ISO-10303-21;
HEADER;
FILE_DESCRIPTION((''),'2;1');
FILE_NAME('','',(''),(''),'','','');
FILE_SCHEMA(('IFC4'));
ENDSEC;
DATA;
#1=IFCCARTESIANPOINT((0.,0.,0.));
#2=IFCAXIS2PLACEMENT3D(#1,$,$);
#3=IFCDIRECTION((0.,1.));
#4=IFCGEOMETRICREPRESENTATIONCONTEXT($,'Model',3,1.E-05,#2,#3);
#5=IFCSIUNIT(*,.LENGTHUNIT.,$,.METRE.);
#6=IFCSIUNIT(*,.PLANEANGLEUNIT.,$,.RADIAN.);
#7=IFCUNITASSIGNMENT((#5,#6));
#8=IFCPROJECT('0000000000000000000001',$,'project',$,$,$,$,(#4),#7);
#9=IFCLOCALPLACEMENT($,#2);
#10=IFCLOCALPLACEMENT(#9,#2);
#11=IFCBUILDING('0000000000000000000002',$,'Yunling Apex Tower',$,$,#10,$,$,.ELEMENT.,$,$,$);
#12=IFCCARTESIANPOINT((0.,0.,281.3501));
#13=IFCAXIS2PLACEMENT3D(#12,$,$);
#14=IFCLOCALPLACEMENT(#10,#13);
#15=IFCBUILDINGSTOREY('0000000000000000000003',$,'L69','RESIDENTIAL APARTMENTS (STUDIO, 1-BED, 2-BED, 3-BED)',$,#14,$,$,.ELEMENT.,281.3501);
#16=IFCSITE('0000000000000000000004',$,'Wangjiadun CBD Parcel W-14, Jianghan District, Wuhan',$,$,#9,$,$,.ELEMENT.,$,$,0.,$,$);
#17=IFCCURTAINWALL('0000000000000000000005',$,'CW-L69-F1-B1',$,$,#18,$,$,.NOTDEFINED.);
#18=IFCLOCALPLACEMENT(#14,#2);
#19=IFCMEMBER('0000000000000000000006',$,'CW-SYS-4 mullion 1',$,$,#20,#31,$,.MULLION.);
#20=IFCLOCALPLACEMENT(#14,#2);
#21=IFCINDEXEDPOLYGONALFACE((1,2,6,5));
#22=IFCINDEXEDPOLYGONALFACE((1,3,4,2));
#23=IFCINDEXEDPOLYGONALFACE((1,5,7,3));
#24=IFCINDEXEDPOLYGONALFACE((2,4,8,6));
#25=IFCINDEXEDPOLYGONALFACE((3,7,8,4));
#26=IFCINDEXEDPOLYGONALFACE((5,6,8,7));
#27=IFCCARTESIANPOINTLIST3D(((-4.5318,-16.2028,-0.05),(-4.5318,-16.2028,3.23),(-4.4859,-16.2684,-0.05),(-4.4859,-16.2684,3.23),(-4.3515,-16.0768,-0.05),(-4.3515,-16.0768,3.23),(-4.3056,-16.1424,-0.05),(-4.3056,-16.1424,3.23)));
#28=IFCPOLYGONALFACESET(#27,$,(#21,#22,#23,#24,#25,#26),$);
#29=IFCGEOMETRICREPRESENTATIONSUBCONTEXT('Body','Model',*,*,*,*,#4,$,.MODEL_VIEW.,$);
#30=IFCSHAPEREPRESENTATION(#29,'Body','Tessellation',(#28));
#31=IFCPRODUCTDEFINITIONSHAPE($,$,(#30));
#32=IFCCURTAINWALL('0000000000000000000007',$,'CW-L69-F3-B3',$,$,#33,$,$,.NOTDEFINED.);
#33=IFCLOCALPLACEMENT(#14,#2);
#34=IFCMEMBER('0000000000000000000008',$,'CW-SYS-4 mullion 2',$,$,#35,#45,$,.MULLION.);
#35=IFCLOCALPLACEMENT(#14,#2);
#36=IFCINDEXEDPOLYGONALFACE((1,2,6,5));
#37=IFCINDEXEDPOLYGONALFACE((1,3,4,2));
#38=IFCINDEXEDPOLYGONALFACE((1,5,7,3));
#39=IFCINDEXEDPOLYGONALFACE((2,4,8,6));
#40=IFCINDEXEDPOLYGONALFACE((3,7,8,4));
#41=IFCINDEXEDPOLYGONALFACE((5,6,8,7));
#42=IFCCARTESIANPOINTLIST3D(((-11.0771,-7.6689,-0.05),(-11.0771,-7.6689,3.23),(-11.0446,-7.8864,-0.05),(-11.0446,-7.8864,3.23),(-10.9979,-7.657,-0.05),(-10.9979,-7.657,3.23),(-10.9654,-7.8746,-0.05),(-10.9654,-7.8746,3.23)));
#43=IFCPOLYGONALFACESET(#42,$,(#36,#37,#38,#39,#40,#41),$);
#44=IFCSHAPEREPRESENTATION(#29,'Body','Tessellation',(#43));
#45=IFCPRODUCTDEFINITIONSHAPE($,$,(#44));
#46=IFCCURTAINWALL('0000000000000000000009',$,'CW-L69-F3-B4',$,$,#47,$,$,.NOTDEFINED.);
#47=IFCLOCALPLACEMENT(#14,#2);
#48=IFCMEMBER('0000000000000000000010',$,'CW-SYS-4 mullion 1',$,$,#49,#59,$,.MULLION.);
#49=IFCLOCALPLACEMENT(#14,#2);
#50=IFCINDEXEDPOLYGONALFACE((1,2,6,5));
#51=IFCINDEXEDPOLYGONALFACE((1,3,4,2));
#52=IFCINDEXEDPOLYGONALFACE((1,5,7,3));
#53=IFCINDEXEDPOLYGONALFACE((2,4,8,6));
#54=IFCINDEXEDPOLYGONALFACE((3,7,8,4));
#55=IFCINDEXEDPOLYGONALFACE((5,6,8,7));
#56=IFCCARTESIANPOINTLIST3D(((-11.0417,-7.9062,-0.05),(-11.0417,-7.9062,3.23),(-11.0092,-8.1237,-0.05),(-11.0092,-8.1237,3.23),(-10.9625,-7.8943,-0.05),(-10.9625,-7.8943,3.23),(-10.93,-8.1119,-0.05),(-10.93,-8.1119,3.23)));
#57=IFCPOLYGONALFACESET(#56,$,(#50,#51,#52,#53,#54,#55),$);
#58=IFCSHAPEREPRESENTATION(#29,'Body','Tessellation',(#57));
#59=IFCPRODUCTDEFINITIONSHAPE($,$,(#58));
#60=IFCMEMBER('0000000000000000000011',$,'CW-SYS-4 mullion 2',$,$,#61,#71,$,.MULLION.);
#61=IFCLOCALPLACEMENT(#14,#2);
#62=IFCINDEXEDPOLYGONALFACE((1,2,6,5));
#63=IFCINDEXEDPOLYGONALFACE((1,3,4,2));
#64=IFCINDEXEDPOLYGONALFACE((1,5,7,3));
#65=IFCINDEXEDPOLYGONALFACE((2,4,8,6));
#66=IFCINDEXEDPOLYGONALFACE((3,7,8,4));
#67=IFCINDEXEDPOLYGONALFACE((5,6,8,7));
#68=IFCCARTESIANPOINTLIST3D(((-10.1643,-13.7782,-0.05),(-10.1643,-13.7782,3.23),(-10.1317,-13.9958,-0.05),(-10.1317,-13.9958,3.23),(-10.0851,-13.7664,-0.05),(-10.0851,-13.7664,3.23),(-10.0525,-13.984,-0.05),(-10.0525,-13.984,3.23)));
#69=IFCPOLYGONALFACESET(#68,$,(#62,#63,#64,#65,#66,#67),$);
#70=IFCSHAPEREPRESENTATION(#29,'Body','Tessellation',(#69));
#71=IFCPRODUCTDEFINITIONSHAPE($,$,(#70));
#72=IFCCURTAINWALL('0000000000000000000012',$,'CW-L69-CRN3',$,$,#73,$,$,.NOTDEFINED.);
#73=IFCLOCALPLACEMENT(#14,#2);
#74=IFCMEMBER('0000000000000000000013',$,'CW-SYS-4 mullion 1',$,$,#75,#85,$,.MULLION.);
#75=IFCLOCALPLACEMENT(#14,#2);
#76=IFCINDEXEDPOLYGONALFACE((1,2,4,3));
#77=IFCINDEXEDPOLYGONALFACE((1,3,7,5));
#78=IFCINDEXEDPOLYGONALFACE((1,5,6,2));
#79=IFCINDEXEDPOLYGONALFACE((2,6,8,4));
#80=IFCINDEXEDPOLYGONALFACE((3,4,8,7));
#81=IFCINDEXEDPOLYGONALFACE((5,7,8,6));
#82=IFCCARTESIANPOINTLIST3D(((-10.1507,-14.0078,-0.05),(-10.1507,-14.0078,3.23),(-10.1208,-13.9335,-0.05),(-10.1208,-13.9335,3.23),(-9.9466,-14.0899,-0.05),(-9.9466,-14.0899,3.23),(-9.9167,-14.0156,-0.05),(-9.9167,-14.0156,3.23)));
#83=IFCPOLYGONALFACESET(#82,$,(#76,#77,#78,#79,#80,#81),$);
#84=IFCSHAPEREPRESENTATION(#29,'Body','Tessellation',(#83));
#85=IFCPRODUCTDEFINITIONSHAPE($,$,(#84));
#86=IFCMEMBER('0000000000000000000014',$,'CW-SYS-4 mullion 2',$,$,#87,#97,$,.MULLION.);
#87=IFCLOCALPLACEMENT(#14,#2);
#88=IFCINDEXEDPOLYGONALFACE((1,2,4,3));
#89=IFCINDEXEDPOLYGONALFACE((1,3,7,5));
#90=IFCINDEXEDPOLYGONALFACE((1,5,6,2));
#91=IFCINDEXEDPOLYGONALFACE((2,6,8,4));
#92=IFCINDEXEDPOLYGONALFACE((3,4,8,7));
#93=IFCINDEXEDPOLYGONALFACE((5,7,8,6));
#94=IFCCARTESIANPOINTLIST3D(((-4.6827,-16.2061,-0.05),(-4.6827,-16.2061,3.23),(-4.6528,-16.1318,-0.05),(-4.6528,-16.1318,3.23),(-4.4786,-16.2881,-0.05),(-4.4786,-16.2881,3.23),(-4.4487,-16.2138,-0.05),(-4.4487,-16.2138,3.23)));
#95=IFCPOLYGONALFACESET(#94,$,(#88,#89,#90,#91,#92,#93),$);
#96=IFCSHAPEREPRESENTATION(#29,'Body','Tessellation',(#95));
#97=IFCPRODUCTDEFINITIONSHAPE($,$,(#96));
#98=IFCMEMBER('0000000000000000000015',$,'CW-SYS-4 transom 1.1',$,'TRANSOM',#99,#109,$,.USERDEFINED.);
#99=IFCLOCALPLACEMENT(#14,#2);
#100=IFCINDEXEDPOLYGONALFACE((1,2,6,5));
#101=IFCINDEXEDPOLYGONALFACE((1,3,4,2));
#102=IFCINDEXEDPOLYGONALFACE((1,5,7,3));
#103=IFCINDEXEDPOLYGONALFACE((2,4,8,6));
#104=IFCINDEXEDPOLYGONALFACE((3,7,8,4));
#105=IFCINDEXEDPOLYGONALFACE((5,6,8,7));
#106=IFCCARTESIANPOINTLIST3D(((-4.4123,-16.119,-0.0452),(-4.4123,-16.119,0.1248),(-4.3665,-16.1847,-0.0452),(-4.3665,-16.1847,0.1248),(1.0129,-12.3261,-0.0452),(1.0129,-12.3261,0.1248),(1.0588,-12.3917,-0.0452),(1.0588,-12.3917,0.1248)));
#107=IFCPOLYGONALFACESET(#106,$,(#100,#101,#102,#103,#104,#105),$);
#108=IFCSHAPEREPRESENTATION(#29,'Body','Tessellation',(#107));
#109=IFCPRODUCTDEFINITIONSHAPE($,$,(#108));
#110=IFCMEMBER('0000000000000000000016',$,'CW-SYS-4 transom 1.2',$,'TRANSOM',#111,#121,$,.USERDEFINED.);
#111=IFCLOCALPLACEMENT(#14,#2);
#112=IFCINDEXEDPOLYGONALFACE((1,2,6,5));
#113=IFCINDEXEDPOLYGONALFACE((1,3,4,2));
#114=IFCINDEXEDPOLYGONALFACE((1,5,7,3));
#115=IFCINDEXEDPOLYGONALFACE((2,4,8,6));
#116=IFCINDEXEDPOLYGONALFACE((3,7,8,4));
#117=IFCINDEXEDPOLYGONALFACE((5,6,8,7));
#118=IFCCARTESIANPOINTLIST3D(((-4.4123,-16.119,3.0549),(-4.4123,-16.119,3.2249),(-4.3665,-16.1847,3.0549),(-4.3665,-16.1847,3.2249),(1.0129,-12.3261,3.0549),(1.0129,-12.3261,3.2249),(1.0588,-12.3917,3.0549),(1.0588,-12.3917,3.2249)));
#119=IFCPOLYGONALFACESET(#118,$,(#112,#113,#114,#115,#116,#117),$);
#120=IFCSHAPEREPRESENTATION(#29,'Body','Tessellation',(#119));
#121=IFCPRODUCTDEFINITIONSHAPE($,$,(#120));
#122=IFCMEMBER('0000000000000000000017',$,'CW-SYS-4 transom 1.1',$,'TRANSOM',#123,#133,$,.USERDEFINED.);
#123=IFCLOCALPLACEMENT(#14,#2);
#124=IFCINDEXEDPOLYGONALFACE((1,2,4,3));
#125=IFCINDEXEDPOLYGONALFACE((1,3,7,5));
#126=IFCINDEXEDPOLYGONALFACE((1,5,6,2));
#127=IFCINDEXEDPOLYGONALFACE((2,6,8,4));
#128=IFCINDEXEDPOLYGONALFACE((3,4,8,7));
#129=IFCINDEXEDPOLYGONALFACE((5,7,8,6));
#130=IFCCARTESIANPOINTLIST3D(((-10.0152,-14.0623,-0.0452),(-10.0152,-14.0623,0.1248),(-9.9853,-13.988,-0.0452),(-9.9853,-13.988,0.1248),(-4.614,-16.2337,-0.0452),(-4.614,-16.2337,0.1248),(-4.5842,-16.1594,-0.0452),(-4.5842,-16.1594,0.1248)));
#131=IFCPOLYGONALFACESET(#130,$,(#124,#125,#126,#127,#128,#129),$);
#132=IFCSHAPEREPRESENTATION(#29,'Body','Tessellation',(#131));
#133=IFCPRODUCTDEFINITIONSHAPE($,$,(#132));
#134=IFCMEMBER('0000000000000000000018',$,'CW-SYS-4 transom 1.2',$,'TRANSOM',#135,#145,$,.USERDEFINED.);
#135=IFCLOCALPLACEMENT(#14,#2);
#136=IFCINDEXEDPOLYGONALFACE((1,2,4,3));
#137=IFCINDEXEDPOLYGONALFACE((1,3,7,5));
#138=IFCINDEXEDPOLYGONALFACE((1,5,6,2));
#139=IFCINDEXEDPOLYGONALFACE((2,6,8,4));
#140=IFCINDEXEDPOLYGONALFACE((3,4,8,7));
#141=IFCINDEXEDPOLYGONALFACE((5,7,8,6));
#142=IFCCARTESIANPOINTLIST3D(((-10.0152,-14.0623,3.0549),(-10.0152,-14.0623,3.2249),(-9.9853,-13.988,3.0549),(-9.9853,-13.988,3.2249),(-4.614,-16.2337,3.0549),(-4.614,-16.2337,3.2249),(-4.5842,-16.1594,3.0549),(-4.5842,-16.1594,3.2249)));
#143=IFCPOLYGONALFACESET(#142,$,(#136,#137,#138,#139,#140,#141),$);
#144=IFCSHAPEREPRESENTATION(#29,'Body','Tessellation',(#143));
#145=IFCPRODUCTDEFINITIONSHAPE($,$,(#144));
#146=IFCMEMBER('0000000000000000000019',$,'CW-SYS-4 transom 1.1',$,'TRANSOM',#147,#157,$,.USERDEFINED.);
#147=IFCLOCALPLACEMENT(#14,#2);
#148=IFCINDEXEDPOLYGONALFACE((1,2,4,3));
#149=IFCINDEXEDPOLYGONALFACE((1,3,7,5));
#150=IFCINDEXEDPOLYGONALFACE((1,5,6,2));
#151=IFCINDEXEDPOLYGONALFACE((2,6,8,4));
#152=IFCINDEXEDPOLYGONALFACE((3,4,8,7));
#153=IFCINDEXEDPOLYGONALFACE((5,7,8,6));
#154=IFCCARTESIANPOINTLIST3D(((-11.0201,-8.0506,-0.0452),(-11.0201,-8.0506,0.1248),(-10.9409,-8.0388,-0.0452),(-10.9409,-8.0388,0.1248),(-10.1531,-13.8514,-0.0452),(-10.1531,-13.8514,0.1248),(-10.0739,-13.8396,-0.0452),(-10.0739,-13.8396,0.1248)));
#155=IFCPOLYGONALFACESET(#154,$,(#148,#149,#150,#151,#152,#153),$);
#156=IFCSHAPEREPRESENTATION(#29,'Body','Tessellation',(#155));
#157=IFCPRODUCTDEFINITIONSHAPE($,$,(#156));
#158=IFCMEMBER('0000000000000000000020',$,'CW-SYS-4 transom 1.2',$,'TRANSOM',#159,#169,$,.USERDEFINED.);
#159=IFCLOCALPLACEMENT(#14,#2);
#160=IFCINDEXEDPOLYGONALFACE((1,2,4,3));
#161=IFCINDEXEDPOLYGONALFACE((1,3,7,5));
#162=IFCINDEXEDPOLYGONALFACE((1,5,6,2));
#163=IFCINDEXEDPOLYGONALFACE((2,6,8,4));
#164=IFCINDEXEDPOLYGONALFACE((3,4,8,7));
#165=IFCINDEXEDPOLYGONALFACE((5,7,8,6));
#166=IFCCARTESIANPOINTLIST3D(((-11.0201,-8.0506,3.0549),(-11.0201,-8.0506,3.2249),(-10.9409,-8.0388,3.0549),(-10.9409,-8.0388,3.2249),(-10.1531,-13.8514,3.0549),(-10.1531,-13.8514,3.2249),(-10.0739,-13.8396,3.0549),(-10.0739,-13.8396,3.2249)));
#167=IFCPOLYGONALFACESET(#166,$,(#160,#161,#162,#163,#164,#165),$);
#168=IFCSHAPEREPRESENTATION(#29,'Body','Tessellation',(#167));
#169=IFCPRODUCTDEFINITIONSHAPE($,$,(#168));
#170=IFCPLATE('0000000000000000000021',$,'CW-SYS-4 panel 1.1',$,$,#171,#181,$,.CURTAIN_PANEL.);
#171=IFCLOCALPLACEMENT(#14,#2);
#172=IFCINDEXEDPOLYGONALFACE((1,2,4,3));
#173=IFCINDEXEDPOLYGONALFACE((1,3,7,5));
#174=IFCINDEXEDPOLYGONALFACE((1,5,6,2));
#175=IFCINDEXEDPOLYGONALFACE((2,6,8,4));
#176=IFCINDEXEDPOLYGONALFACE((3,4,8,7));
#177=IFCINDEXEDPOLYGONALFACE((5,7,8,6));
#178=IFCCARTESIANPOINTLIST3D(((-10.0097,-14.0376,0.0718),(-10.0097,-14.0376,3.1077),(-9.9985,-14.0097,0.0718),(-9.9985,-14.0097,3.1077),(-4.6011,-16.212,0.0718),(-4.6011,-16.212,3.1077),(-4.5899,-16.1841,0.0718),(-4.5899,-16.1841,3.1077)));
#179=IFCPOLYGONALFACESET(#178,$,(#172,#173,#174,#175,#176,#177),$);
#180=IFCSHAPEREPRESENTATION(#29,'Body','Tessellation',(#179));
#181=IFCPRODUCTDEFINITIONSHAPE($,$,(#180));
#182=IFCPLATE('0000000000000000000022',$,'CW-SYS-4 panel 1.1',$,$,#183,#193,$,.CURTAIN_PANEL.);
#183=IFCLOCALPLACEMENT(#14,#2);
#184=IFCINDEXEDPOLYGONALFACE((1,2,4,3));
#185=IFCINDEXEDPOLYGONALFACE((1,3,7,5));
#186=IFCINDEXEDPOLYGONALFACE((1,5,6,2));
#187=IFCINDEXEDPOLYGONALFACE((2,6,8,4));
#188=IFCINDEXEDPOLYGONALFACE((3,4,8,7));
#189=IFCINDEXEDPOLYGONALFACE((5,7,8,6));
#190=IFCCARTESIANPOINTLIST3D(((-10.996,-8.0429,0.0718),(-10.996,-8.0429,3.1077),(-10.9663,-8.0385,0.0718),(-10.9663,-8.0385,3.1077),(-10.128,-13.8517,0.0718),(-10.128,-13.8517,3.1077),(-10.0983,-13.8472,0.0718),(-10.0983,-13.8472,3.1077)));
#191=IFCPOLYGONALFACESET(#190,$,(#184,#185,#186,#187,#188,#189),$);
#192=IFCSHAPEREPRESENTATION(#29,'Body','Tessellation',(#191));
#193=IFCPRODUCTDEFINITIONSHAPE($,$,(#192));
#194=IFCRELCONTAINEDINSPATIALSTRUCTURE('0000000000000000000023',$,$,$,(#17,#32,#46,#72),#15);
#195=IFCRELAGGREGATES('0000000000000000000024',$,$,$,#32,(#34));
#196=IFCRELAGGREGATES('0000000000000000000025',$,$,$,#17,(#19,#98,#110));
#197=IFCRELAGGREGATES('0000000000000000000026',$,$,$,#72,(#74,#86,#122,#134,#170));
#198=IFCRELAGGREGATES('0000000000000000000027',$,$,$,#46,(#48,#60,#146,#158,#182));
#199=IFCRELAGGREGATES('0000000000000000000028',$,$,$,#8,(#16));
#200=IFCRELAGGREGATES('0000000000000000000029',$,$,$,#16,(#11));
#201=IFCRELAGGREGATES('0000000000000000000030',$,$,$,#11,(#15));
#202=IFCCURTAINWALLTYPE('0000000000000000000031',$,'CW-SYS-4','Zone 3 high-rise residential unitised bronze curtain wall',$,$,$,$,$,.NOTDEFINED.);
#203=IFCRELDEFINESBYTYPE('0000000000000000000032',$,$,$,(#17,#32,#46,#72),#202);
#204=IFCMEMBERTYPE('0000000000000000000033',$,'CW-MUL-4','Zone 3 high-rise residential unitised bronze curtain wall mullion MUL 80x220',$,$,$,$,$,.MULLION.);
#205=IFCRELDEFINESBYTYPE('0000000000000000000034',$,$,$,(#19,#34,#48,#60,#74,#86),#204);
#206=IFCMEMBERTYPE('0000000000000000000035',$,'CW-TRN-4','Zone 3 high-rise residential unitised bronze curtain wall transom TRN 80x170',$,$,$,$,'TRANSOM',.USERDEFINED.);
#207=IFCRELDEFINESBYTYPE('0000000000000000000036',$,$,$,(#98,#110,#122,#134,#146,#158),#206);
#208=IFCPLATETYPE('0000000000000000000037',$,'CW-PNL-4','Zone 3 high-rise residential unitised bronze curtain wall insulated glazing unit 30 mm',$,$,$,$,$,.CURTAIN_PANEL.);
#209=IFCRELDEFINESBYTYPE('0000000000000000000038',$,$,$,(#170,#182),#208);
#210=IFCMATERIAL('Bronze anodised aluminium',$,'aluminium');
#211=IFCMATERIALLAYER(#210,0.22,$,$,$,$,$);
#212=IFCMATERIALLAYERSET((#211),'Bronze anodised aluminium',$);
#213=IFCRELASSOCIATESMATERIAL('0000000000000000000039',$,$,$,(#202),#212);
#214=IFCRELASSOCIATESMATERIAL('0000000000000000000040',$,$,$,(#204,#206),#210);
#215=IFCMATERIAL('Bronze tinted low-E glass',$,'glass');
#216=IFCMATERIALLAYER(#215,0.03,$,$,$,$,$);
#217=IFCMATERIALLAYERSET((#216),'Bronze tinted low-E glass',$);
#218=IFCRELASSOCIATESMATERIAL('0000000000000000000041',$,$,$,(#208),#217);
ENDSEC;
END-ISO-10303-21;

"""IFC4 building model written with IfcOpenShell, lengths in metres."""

from ifc_helpers import new_model, si_unit, direction, frame, origin, origin_2d, place, context, subcontext, project, spatial, rectangle, extrude, source, transform, mapped, material, layer, layer_set, material_profile, profile_set, type_object, element, aggregate, save


model = new_model("IFC4")

# Units and contexts
model_context = context("Model", 3, precision=1e-05, world=origin(), true_north=direction((0.0, 1.0)))
body_context = subcontext(model_context, "Body", "Model", "MODEL_VIEW")
ifc_project = project(units=[si_unit("LENGTHUNIT", "METRE"), si_unit("PLANEANGLEUNIT", "RADIAN")], contexts=[model_context])

# Site, building, storey
site_placement = place(None, origin())
site = spatial("IfcSite", under=ifc_project, at=site_placement, Name="Wangjiadun CBD Parcel W-14, Jianghan District, Wuhan", CompositionType="ELEMENT", RefElevation=0.0)
building_placement = place(site_placement, origin())
building = spatial("IfcBuilding", under=site, at=building_placement, Name="Yunling Apex Tower", CompositionType="ELEMENT")
storey_placement = place(building_placement, frame((0.0, 0.0, 281.3501)))
storey = spatial("IfcBuildingStorey", under=building, at=storey_placement, Name="L69", Description="RESIDENTIAL APARTMENTS (STUDIO, 1-BED, 2-BED, 3-BED)", CompositionType="ELEMENT", Elevation=281.3501)

# Curtain walls, members
ifc_material_1 = material(Name="Bronze anodised aluminium", Category="aluminium")
ifc_layer_1 = layer(ifc_material_1, 0.22)
ifc_layer_set_1 = layer_set([ifc_layer_1], Name="Bronze anodised aluminium")
curtain_wall_type = type_object("IfcCurtainWallType", Name="CW-SYS-4", Description="Zone 3 high-rise residential unitised bronze curtain wall", PredefinedType="NOTDEFINED", material=ifc_layer_set_1)
curtain_wall_1_placement = place(storey_placement, origin())
curtain_wall_1 = element("IfcCurtainWall", 1, at=curtain_wall_1_placement, inside=storey, type_object=curtain_wall_type, Name="CW-L69-F1-B1", PredefinedType="NOTDEFINED")
ifc_material_profile_1 = material_profile(ifc_material_1, rectangle(XDim=0.0801, YDim=0.22, at=origin_2d()))
ifc_profile_set_1 = profile_set([ifc_material_profile_1], Name="Bronze anodised aluminium")
member_type_1 = type_object("IfcMemberType", Name="CW-MUL-4", Description="Zone 3 high-rise residential unitised bronze curtain wall mullion MUL 80x220", PredefinedType="MULLION", material=ifc_profile_set_1)
shared_shape_1 = source(origin(), body_context, "Body", "SweptSolid", [
    extrude(rectangle(XDim=0.0801, YDim=0.22, at=origin_2d()), origin(), (0.0, 0.0, 1.0), 3.28),
])
member_1_placement = place(storey_placement, frame((-4.4187, -16.1726, -0.05), z_axis=(0.0, 0.0, 1.0), x_axis=(-0.573, 0.819555, 0.0)))
member_1 = element("IfcMember", 2, at=member_1_placement, type_object=member_type_1, Name="CW-SYS-4 mullion 1", PredefinedType="MULLION", context=body_context, shape_type="MappedRepresentation", body=[
    mapped(shared_shape_1, transform((0.0, 0.0, 0.0), scale=1.0)),
])
curtain_wall_2_placement = place(storey_placement, origin())
curtain_wall_2 = element("IfcCurtainWall", 3, at=curtain_wall_2_placement, inside=storey, type_object=curtain_wall_type, Name="CW-L69-F3-B3", PredefinedType="NOTDEFINED")
member_2_placement = place(storey_placement, frame((-11.0212, -7.7717, -0.05), z_axis=(0.0, 0.0, 1.0), x_axis=(0.989016, 0.147807, 0.0)))
member_2 = element("IfcMember", 4, at=member_2_placement, type_object=member_type_1, Name="CW-SYS-4 mullion 2", PredefinedType="MULLION", context=body_context, shape_type="MappedRepresentation", body=[
    mapped(shared_shape_1, transform((0.0, 0.0, 0.0), scale=1.0)),
])
aggregate(curtain_wall_2, [member_2])

# Curtain walls, members
curtain_wall_3_placement = place(storey_placement, origin())
curtain_wall_3 = element("IfcCurtainWall", 5, at=curtain_wall_3_placement, inside=storey, type_object=curtain_wall_type, Name="CW-L69-F3-B4", PredefinedType="NOTDEFINED")
member_3_placement = place(storey_placement, frame((-10.9858, -8.009, -0.05), z_axis=(0.0, 0.0, 1.0), x_axis=(0.989019, 0.147791, 0.0)))
member_3 = element("IfcMember", 6, at=member_3_placement, type_object=member_type_1, Name="CW-SYS-4 mullion 1", PredefinedType="MULLION", context=body_context, shape_type="MappedRepresentation", body=[
    mapped(shared_shape_1, transform((0.0, 0.0, 0.0), scale=1.0)),
])
member_4_placement = place(storey_placement, frame((-10.1084, -13.8811, -0.05), z_axis=(0.0, 0.0, 1.0), x_axis=(0.989019, 0.147791, 0.0)))
member_4 = element("IfcMember", 7, at=member_4_placement, type_object=member_type_1, Name="CW-SYS-4 mullion 2", PredefinedType="MULLION", context=body_context, shape_type="MappedRepresentation", body=[
    mapped(shared_shape_1, transform((0.0, 0.0, 0.0), scale=1.0)),
])
curtain_wall_4_placement = place(storey_placement, origin())
curtain_wall_4 = element("IfcCurtainWall", 8, at=curtain_wall_4_placement, inside=storey, type_object=curtain_wall_type, Name="CW-L69-CRN3", PredefinedType="NOTDEFINED")
member_5_placement = place(storey_placement, frame((-10.0337, -14.0117, -0.05), z_axis=(0.0, 0.0, 1.0), x_axis=(0.373009, 0.927828, 0.0)))
member_5 = element("IfcMember", 9, at=member_5_placement, type_object=member_type_1, Name="CW-SYS-4 mullion 1", PredefinedType="MULLION", context=body_context, shape_type="MappedRepresentation", body=[
    mapped(shared_shape_1, transform((0.0, 0.0, 0.0), scale=1.0)),
])
member_6_placement = place(storey_placement, frame((-4.5657, -16.21, -0.05), z_axis=(0.0, 0.0, 1.0), x_axis=(0.373009, 0.927828, 0.0)))
member_6 = element("IfcMember", 10, at=member_6_placement, type_object=member_type_1, Name="CW-SYS-4 mullion 2", PredefinedType="MULLION", context=body_context, shape_type="MappedRepresentation", body=[
    mapped(shared_shape_1, transform((0.0, 0.0, 0.0), scale=1.0)),
])

# Members
ifc_material_profile_2 = material_profile(ifc_material_1, rectangle(XDim=0.0801, YDim=0.1699, at=origin_2d()))
ifc_profile_set_2 = profile_set([ifc_material_profile_2], Name="Bronze anodised aluminium")
member_type_2 = type_object("IfcMemberType", Name="CW-TRN-4", Description="Zone 3 high-rise residential unitised bronze curtain wall transom TRN 80x170", ElementType="TRANSOM", PredefinedType="USERDEFINED", material=ifc_profile_set_2)
shared_shape_2 = source(origin(), body_context, "Body", "SweptSolid", [
    extrude(rectangle(XDim=0.0801, YDim=0.1699, at=origin_2d()), origin(), (0.0, 0.0, 1.0), 6.6196),
])
member_7_placement = place(storey_placement, frame((-4.3894, -16.1519, 0.0398), z_axis=(0.819568, 0.572982, 0.0), x_axis=(-0.572982, 0.819568, 0.0)))
member_7 = element("IfcMember", 11, at=member_7_placement, type_object=member_type_2, Name="CW-SYS-4 transom 1.1", ObjectType="TRANSOM", PredefinedType="USERDEFINED", context=body_context, shape_type="MappedRepresentation", body=[
    mapped(shared_shape_2, transform((0.0, 0.0, 0.0), scale=1.0)),
])
member_8_placement = place(storey_placement, frame((-4.3894, -16.1519, 3.1399), z_axis=(0.819568, 0.572982, 0.0), x_axis=(-0.572982, 0.819568, 0.0)))
member_8 = element("IfcMember", 12, at=member_8_placement, type_object=member_type_2, Name="CW-SYS-4 transom 1.2", ObjectType="TRANSOM", PredefinedType="USERDEFINED", context=body_context, shape_type="MappedRepresentation", body=[
    mapped(shared_shape_2, transform((0.0, 0.0, 0.0), scale=1.0)),
])
aggregate(curtain_wall_1, [member_1, member_7, member_8])
shared_shape_3 = source(origin(), body_context, "Body", "SweptSolid", [
    extrude(rectangle(XDim=0.0801, YDim=0.1699, at=origin_2d()), origin(), (0.0, 0.0, 1.0), 5.8213),
])
member_9_placement = place(storey_placement, frame((-10.0002, -14.0251, 0.0398), z_axis=(0.927827, -0.37301, 0.0), x_axis=(0.37301, 0.927827, 0.0)))
member_9 = element("IfcMember", 13, at=member_9_placement, type_object=member_type_2, Name="CW-SYS-4 transom 1.1", ObjectType="TRANSOM", PredefinedType="USERDEFINED", context=body_context, shape_type="MappedRepresentation", body=[
    mapped(shared_shape_3, transform((0.0, 0.0, 0.0), scale=1.0)),
])
member_10_placement = place(storey_placement, frame((-10.0002, -14.0251, 3.1399), z_axis=(0.927827, -0.37301, 0.0), x_axis=(0.37301, 0.927827, 0.0)))
member_10 = element("IfcMember", 14, at=member_10_placement, type_object=member_type_2, Name="CW-SYS-4 transom 1.2", ObjectType="TRANSOM", PredefinedType="USERDEFINED", context=body_context, shape_type="MappedRepresentation", body=[
    mapped(shared_shape_3, transform((0.0, 0.0, 0.0), scale=1.0)),
])
shared_shape_4 = source(origin(), body_context, "Body", "SweptSolid", [
    extrude(rectangle(XDim=0.0801, YDim=0.1699, at=origin_2d()), origin(), (0.0, 0.0, 1.0), 5.8652),
])
member_11_placement = place(storey_placement, frame((-10.9805, -8.0447, 0.0398), z_axis=(0.147811, -0.989016, 0.0), x_axis=(0.989016, 0.147811, 0.0)))
member_11 = element("IfcMember", 15, at=member_11_placement, type_object=member_type_2, Name="CW-SYS-4 transom 1.1", ObjectType="TRANSOM", PredefinedType="USERDEFINED", context=body_context, shape_type="MappedRepresentation", body=[
    mapped(shared_shape_4, transform((0.0, 0.0, 0.0), scale=1.0)),
])
member_12_placement = place(storey_placement, frame((-10.9805, -8.0447, 3.1399), z_axis=(0.147811, -0.989016, 0.0), x_axis=(0.989016, 0.147811, 0.0)))
member_12 = element("IfcMember", 16, at=member_12_placement, type_object=member_type_2, Name="CW-SYS-4 transom 1.2", ObjectType="TRANSOM", PredefinedType="USERDEFINED", context=body_context, shape_type="MappedRepresentation", body=[
    mapped(shared_shape_4, transform((0.0, 0.0, 0.0), scale=1.0)),
])

# Plates
ifc_material_2 = material(Name="Bronze tinted low-E glass", Category="glass")
ifc_layer_2 = layer(ifc_material_2, 0.03)
ifc_layer_set_2 = layer_set([ifc_layer_2], Name="Bronze tinted low-E glass")
plate_type = type_object("IfcPlateType", Name="CW-PNL-4", Description="Zone 3 high-rise residential unitised bronze curtain wall insulated glazing unit 30 mm", PredefinedType="CURTAIN_PANEL", material=ifc_layer_set_2)
shared_shape_5 = source(origin(), body_context, "Body", "SweptSolid", [
    extrude(rectangle(XDim=5.8293, YDim=0.03, at=origin_2d()), origin(), (0.0, 0.0, 1.0), 3.0359),
])
plate_1_placement = place(storey_placement, frame((-7.2998, -15.1108, 0.0718), z_axis=(0.0, 0.0, 1.0), x_axis=(0.927828, -0.373009, 0.0)))
plate_1 = element("IfcPlate", 17, at=plate_1_placement, type_object=plate_type, Name="CW-SYS-4 panel 1.1", PredefinedType="CURTAIN_PANEL", context=body_context, shape_type="MappedRepresentation", body=[
    mapped(shared_shape_5, transform((0.0, 0.0, 0.0), scale=1.0)),
])
aggregate(curtain_wall_4, [member_5, member_6, member_9, member_10, plate_1])
shared_shape_6 = source(origin(), body_context, "Body", "SweptSolid", [
    extrude(rectangle(XDim=5.8733, YDim=0.03, at=origin_2d()), origin(), (0.0, 0.0, 1.0), 3.0359),
])
plate_2_placement = place(storey_placement, frame((-10.5471, -10.9451, 0.0718), z_axis=(0.0, 0.0, 1.0), x_axis=(0.147791, -0.989019, 0.0)))
plate_2 = element("IfcPlate", 18, at=plate_2_placement, type_object=plate_type, Name="CW-SYS-4 panel 1.1", PredefinedType="CURTAIN_PANEL", context=body_context, shape_type="MappedRepresentation", body=[
    mapped(shared_shape_6, transform((0.0, 0.0, 0.0), scale=1.0)),
])
aggregate(curtain_wall_3, [member_3, member_4, member_11, member_12, plate_2])

save(model, "model.ifc")
